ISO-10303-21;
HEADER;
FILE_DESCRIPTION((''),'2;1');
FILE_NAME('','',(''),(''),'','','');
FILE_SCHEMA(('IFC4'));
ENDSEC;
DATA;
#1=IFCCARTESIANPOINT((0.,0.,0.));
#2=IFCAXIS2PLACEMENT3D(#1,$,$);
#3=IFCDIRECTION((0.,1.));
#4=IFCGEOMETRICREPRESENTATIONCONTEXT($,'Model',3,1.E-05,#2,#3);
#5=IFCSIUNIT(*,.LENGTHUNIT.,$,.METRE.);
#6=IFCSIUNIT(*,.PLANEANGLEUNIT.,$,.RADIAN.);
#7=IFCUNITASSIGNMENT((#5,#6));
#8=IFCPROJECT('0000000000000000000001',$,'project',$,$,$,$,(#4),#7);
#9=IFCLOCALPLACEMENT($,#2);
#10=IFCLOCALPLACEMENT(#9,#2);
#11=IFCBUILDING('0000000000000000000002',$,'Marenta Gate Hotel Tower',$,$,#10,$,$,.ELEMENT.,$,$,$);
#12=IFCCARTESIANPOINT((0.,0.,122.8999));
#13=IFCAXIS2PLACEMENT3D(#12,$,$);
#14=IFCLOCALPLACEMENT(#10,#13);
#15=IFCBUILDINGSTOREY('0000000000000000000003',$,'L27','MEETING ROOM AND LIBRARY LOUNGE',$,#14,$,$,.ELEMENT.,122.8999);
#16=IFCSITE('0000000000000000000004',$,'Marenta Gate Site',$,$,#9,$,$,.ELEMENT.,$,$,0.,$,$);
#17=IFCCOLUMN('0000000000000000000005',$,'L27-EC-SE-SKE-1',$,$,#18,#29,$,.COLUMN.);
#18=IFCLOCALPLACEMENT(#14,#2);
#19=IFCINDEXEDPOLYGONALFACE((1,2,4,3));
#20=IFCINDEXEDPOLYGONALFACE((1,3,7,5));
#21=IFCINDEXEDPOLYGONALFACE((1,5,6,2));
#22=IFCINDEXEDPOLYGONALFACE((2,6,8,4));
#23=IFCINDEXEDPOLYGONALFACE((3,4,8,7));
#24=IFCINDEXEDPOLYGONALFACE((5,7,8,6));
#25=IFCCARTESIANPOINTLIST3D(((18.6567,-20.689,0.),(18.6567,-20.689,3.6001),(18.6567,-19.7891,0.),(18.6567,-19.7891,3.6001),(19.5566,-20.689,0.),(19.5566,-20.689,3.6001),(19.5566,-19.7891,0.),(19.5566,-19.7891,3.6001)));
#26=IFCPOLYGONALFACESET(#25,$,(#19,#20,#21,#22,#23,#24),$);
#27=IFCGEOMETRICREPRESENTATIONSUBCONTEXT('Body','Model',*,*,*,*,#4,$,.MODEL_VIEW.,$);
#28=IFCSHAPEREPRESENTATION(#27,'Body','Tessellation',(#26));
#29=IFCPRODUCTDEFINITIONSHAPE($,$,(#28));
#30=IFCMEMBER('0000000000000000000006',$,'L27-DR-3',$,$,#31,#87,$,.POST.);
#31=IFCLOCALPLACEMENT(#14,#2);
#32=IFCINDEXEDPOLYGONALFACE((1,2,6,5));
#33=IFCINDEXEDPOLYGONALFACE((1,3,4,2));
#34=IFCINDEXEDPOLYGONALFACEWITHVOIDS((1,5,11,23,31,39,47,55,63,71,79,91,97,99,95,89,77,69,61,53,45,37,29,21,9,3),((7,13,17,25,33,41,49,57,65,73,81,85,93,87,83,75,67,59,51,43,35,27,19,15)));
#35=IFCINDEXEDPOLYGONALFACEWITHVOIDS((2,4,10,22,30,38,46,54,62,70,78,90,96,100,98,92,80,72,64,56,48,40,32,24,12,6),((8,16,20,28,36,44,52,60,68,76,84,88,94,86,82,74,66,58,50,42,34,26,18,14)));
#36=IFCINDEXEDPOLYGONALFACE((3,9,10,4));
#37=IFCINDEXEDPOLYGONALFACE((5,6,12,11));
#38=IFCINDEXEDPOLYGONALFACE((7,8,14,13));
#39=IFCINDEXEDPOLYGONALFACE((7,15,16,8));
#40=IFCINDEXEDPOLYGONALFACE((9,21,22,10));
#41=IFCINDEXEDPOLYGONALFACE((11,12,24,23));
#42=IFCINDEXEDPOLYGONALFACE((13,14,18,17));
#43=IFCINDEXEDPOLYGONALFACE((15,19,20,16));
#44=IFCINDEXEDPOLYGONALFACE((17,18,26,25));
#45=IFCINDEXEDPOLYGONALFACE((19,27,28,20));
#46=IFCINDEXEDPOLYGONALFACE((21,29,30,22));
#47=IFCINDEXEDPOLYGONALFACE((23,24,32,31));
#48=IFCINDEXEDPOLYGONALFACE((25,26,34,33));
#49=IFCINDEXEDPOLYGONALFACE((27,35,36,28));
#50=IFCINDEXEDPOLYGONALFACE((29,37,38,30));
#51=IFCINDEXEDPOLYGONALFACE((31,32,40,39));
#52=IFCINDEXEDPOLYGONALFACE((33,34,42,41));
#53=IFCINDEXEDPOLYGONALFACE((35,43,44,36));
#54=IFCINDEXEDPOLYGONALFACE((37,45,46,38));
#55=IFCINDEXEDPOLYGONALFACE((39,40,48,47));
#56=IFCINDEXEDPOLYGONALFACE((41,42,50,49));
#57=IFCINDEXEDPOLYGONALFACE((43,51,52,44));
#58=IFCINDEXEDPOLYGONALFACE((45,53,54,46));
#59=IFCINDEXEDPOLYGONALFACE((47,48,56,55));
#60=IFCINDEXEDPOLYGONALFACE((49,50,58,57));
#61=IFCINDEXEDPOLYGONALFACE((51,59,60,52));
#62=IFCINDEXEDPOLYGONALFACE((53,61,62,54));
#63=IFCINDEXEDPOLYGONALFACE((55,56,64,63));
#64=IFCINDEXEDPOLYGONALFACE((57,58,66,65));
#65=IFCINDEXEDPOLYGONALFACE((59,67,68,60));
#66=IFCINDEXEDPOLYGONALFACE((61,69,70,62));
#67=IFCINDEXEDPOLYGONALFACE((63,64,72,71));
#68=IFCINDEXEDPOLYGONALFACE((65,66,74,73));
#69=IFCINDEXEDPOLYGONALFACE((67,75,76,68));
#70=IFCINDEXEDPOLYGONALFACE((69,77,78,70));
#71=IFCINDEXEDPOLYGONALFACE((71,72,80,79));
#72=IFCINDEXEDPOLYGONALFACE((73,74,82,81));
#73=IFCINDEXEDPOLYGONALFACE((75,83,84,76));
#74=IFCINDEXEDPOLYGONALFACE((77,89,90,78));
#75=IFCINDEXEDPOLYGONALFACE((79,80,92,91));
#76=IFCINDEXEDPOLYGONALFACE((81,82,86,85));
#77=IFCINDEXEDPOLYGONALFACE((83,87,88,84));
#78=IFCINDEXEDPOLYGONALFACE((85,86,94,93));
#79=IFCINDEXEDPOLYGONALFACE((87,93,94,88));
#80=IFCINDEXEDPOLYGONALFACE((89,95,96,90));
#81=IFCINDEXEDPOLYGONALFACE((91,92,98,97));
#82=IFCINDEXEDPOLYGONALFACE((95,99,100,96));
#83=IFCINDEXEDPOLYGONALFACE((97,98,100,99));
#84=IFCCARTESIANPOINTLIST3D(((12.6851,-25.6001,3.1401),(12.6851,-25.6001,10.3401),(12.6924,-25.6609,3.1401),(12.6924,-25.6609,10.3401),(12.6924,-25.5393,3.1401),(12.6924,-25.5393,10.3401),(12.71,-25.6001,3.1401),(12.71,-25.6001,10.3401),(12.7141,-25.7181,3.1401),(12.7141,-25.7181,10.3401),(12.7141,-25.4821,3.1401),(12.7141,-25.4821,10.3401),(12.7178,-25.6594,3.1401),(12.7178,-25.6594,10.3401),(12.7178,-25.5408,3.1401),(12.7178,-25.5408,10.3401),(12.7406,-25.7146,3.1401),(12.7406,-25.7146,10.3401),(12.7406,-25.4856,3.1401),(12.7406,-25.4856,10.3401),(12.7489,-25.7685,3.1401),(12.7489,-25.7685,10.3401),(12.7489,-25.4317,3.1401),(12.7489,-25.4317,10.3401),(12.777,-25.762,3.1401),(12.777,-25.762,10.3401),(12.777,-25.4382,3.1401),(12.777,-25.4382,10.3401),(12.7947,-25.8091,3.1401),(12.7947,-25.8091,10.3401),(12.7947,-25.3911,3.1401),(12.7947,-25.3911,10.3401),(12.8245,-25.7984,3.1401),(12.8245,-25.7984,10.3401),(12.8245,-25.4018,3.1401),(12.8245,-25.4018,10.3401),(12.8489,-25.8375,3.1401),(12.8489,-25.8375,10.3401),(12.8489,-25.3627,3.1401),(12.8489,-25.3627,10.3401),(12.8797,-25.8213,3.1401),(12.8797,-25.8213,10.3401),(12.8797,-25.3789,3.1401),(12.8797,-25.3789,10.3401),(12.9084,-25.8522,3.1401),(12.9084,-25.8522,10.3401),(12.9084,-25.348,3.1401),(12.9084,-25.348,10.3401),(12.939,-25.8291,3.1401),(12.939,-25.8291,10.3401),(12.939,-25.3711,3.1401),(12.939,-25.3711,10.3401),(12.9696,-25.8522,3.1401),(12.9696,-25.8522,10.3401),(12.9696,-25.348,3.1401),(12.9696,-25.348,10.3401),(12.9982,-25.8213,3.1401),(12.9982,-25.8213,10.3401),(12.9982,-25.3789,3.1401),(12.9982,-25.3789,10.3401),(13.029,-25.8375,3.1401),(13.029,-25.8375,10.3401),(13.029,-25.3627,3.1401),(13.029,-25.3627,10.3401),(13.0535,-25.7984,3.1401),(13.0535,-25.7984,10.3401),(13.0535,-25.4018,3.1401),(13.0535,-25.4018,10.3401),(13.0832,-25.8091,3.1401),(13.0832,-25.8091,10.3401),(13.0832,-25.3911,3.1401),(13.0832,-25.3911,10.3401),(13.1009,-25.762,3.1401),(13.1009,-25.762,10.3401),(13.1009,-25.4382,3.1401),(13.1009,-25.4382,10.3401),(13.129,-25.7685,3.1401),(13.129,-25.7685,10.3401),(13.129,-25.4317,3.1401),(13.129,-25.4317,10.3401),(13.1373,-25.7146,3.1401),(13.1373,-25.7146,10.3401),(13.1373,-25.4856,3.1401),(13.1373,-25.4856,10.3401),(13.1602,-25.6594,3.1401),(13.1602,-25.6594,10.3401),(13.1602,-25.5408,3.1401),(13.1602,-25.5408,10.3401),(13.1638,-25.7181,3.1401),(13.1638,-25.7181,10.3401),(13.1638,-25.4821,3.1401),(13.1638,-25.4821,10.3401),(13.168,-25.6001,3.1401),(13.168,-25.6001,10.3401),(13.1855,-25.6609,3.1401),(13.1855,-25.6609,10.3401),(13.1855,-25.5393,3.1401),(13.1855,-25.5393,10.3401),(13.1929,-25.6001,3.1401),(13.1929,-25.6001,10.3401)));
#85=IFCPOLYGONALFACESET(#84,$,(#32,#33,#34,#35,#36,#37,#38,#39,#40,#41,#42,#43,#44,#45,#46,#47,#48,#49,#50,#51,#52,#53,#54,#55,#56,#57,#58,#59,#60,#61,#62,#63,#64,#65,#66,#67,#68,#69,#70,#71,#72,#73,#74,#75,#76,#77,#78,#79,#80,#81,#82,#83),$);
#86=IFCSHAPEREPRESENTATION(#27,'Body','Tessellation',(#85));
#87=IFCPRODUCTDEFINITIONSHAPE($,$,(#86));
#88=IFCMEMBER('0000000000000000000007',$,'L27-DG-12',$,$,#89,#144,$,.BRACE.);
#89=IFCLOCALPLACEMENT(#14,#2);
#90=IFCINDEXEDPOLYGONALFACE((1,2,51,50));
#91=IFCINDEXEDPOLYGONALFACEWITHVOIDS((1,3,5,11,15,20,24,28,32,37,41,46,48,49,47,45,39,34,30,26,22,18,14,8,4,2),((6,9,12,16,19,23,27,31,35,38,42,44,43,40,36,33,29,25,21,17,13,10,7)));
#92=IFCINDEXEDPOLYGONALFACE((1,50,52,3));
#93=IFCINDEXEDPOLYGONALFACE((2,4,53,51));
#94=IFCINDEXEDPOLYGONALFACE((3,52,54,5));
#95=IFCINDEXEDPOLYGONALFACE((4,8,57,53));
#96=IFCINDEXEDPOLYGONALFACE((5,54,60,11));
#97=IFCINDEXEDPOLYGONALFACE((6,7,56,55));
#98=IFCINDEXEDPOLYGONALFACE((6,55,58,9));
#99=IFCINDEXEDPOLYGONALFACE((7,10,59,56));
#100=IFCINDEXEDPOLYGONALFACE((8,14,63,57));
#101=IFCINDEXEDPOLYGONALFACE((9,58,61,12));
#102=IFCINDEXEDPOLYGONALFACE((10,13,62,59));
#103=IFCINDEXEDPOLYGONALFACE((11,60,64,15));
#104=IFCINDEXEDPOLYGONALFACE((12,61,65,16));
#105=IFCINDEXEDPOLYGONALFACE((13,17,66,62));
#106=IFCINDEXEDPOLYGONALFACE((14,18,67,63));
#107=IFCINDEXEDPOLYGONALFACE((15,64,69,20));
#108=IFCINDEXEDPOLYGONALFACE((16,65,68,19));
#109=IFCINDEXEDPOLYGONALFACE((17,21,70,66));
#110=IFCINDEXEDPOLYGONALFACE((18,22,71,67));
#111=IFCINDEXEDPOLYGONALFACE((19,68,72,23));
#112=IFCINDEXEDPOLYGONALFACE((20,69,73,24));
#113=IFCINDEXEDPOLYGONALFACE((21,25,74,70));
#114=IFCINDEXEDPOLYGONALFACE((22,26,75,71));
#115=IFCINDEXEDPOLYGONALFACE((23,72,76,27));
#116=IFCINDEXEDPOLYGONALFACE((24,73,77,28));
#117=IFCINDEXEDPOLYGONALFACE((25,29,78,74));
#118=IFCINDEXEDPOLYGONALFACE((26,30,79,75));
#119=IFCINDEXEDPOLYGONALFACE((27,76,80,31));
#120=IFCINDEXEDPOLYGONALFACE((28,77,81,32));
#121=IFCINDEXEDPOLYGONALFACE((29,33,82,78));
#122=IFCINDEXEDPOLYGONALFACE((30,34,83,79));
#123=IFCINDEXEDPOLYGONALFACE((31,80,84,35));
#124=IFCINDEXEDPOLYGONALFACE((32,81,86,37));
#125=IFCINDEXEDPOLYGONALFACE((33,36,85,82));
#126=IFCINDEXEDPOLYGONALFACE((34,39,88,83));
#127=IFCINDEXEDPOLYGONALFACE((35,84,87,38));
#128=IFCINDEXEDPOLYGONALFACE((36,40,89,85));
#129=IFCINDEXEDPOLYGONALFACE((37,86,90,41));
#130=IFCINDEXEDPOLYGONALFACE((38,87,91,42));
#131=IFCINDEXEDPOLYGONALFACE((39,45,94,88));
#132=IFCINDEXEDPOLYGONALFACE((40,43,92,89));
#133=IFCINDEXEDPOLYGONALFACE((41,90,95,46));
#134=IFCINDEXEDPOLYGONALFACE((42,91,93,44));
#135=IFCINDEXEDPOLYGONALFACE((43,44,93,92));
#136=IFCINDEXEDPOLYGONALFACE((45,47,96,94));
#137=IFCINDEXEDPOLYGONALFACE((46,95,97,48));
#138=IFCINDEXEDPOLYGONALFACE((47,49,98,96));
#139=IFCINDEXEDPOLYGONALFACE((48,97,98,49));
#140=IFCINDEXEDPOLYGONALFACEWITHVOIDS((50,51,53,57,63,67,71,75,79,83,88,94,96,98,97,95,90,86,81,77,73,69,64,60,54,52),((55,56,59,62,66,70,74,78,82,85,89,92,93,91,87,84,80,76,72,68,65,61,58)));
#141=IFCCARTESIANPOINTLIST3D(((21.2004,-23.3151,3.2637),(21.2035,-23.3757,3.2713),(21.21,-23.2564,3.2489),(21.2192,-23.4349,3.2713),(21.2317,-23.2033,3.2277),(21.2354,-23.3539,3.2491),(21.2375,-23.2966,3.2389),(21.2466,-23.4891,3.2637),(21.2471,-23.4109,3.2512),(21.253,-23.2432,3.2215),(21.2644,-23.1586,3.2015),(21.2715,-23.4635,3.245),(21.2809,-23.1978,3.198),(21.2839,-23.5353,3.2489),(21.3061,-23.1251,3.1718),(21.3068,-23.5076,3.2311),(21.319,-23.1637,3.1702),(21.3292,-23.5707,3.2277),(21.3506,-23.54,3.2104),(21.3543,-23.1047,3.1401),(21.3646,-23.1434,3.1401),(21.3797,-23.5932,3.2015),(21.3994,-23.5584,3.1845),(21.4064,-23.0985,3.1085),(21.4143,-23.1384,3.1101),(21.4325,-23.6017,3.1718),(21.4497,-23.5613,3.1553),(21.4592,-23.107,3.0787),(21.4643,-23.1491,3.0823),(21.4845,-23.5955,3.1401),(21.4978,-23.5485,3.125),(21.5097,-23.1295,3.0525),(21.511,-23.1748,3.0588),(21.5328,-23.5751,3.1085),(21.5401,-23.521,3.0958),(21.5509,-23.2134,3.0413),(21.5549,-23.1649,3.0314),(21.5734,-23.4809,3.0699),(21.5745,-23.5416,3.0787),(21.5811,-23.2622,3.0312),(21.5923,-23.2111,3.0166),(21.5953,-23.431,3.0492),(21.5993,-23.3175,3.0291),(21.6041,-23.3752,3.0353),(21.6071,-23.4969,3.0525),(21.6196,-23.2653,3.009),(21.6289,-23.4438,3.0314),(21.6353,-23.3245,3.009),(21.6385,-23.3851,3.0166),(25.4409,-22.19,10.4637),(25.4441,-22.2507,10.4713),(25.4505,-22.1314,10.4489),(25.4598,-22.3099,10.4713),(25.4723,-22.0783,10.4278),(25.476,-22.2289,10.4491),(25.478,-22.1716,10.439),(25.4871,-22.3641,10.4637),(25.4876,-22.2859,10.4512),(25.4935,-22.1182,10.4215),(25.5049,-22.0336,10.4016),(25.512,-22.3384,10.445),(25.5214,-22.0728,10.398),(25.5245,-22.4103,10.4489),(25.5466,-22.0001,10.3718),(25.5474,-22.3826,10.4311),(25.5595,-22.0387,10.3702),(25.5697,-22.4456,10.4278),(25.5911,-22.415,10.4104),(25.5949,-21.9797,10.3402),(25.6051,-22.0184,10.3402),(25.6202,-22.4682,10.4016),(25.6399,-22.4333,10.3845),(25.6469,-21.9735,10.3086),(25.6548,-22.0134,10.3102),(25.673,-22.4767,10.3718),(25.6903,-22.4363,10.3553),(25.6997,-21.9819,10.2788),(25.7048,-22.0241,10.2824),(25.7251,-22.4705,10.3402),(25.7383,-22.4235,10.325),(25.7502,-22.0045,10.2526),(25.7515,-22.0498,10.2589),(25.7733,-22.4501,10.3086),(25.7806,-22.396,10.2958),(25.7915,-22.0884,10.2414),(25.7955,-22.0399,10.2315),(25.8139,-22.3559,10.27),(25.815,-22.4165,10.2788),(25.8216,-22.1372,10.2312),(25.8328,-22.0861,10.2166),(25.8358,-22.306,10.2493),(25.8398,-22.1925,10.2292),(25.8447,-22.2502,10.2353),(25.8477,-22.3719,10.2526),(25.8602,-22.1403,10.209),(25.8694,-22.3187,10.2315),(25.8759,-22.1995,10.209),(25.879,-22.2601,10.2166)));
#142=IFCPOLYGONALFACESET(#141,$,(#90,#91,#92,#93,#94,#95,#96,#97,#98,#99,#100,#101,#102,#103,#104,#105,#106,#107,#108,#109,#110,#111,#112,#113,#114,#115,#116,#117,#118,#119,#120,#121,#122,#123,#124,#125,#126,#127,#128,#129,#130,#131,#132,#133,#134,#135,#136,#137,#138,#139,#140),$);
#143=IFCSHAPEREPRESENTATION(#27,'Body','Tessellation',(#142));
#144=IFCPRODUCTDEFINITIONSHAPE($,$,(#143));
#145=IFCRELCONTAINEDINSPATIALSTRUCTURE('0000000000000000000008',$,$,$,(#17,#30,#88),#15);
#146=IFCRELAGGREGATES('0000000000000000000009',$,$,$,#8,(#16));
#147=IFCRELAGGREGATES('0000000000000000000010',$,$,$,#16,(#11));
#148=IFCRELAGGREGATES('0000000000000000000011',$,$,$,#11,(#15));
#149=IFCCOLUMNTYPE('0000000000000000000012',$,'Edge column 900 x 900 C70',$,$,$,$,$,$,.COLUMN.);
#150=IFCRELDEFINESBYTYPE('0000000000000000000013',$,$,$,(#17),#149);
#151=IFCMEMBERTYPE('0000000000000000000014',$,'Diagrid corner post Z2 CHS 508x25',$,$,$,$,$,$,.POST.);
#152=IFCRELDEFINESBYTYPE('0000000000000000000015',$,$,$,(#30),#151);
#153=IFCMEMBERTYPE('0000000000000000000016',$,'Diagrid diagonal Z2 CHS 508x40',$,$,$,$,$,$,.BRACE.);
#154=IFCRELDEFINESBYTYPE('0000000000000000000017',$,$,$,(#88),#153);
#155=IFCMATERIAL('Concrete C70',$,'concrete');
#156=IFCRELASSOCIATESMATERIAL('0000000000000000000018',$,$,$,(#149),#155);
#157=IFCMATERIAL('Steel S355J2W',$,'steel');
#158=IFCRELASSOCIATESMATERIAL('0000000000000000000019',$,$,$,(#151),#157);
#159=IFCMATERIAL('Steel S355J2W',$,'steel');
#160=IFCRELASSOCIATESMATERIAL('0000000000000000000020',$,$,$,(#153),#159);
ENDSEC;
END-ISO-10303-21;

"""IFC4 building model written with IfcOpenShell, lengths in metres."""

from ifc_helpers import new_model, si_unit, direction, frame, origin, origin_2d, place, context, subcontext, project, spatial, rectangle, hollow_circle, extrude, material, material_profile, profile_set, type_object, element, save


model = new_model("IFC4")

# Units and contexts
model_context = context("Model", 3, precision=1e-05, world=origin(), true_north=direction((0.0, 1.0)))
body_context = subcontext(model_context, "Body", "Model", "MODEL_VIEW")
ifc_project = project(units=[si_unit("LENGTHUNIT", "METRE"), si_unit("PLANEANGLEUNIT", "RADIAN")], contexts=[model_context])

# Site, building, storey
site_placement = place(None, origin())
site = spatial("IfcSite", under=ifc_project, at=site_placement, Name="Marenta Gate Site", CompositionType="ELEMENT", RefElevation=0.0)
building_placement = place(site_placement, origin())
building = spatial("IfcBuilding", under=site, at=building_placement, Name="Marenta Gate Hotel Tower", CompositionType="ELEMENT")
storey_placement = place(building_placement, frame((0.0, 0.0, 122.8999)))
storey = spatial("IfcBuildingStorey", under=building, at=storey_placement, Name="L27", Description="MEETING ROOM AND LIBRARY LOUNGE", CompositionType="ELEMENT", Elevation=122.8999)

# Column
ifc_material_1 = material(Name="Concrete C70", Category="concrete")
ifc_material_profile_1 = material_profile(ifc_material_1, rectangle(XDim=0.8999, YDim=0.8999, at=origin_2d()), Name="900 x 900")
ifc_profile_set_1 = profile_set([ifc_material_profile_1], Name="Concrete C70")
column_type = type_object("IfcColumnType", Name="Edge column 900 x 900 C70", PredefinedType="COLUMN", material=ifc_profile_set_1)
column_placement = place(storey_placement, frame((19.1067, -20.239, 0.0), z_axis=(0.0, 0.0, 1.0), x_axis=(1.0, 0.0, 0.0)))
element("IfcColumn", 1, at=column_placement, inside=storey, type_object=column_type, Name="L27-EC-SE-SKE-1", PredefinedType="COLUMN", context=body_context, shape_type="SweptSolid", body=[
    extrude(rectangle(XDim=0.8999, YDim=0.8999, at=origin_2d()), origin(), (0.0, 0.0, 1.0), 3.6001),
])

# Members
ifc_material_2 = material(Name="Steel S355J2W", Category="steel")
ifc_material_profile_2 = material_profile(ifc_material_2, hollow_circle(Radius=0.2539, WallThickness=0.0249, at=origin_2d()), Name="CHS 508x25")
ifc_profile_set_2 = profile_set([ifc_material_profile_2], Name="Steel S355J2W")
member_type_1 = type_object("IfcMemberType", Name="Diagrid corner post Z2 CHS 508x25", PredefinedType="POST", material=ifc_profile_set_2)
member_1_placement = place(storey_placement, frame((12.939, -25.6001, 3.1401), z_axis=(0.0, 0.0, 1.0), x_axis=(1.0, 0.0, 0.0)))
element("IfcMember", 2, at=member_1_placement, inside=storey, type_object=member_type_1, Name="L27-DR-3", PredefinedType="POST", context=body_context, shape_type="SweptSolid", body=[
    extrude(hollow_circle(Radius=0.2539, WallThickness=0.0249, at=origin_2d()), origin(), (0.0, 0.0, 1.0), 7.2),
])
ifc_material_3 = material(Name="Steel S355J2W", Category="steel")
ifc_material_profile_3 = material_profile(ifc_material_3, hollow_circle(Radius=0.2539, WallThickness=0.04, at=origin_2d()), Name="CHS 508x40")
ifc_profile_set_3 = profile_set([ifc_material_profile_3], Name="Steel S355J2W")
member_type_2 = type_object("IfcMemberType", Name="Diagrid diagonal Z2 CHS 508x40", PredefinedType="BRACE", material=ifc_profile_set_3)
member_2_placement = place(storey_placement, frame((21.4194, -23.3501, 3.1401), z_axis=(0.502946, 0.133432, 0.853956), x_axis=(-0.256429, 0.966563, 0.0)))
element("IfcMember", 3, at=member_2_placement, inside=storey, type_object=member_type_2, Name="L27-DG-12", PredefinedType="BRACE", context=body_context, shape_type="SweptSolid", body=[
    extrude(hollow_circle(Radius=0.2539, WallThickness=0.04, at=origin_2d()), origin(), (0.0, 0.0, 1.0), 8.4314),
])

save(model, "model.ifc")
